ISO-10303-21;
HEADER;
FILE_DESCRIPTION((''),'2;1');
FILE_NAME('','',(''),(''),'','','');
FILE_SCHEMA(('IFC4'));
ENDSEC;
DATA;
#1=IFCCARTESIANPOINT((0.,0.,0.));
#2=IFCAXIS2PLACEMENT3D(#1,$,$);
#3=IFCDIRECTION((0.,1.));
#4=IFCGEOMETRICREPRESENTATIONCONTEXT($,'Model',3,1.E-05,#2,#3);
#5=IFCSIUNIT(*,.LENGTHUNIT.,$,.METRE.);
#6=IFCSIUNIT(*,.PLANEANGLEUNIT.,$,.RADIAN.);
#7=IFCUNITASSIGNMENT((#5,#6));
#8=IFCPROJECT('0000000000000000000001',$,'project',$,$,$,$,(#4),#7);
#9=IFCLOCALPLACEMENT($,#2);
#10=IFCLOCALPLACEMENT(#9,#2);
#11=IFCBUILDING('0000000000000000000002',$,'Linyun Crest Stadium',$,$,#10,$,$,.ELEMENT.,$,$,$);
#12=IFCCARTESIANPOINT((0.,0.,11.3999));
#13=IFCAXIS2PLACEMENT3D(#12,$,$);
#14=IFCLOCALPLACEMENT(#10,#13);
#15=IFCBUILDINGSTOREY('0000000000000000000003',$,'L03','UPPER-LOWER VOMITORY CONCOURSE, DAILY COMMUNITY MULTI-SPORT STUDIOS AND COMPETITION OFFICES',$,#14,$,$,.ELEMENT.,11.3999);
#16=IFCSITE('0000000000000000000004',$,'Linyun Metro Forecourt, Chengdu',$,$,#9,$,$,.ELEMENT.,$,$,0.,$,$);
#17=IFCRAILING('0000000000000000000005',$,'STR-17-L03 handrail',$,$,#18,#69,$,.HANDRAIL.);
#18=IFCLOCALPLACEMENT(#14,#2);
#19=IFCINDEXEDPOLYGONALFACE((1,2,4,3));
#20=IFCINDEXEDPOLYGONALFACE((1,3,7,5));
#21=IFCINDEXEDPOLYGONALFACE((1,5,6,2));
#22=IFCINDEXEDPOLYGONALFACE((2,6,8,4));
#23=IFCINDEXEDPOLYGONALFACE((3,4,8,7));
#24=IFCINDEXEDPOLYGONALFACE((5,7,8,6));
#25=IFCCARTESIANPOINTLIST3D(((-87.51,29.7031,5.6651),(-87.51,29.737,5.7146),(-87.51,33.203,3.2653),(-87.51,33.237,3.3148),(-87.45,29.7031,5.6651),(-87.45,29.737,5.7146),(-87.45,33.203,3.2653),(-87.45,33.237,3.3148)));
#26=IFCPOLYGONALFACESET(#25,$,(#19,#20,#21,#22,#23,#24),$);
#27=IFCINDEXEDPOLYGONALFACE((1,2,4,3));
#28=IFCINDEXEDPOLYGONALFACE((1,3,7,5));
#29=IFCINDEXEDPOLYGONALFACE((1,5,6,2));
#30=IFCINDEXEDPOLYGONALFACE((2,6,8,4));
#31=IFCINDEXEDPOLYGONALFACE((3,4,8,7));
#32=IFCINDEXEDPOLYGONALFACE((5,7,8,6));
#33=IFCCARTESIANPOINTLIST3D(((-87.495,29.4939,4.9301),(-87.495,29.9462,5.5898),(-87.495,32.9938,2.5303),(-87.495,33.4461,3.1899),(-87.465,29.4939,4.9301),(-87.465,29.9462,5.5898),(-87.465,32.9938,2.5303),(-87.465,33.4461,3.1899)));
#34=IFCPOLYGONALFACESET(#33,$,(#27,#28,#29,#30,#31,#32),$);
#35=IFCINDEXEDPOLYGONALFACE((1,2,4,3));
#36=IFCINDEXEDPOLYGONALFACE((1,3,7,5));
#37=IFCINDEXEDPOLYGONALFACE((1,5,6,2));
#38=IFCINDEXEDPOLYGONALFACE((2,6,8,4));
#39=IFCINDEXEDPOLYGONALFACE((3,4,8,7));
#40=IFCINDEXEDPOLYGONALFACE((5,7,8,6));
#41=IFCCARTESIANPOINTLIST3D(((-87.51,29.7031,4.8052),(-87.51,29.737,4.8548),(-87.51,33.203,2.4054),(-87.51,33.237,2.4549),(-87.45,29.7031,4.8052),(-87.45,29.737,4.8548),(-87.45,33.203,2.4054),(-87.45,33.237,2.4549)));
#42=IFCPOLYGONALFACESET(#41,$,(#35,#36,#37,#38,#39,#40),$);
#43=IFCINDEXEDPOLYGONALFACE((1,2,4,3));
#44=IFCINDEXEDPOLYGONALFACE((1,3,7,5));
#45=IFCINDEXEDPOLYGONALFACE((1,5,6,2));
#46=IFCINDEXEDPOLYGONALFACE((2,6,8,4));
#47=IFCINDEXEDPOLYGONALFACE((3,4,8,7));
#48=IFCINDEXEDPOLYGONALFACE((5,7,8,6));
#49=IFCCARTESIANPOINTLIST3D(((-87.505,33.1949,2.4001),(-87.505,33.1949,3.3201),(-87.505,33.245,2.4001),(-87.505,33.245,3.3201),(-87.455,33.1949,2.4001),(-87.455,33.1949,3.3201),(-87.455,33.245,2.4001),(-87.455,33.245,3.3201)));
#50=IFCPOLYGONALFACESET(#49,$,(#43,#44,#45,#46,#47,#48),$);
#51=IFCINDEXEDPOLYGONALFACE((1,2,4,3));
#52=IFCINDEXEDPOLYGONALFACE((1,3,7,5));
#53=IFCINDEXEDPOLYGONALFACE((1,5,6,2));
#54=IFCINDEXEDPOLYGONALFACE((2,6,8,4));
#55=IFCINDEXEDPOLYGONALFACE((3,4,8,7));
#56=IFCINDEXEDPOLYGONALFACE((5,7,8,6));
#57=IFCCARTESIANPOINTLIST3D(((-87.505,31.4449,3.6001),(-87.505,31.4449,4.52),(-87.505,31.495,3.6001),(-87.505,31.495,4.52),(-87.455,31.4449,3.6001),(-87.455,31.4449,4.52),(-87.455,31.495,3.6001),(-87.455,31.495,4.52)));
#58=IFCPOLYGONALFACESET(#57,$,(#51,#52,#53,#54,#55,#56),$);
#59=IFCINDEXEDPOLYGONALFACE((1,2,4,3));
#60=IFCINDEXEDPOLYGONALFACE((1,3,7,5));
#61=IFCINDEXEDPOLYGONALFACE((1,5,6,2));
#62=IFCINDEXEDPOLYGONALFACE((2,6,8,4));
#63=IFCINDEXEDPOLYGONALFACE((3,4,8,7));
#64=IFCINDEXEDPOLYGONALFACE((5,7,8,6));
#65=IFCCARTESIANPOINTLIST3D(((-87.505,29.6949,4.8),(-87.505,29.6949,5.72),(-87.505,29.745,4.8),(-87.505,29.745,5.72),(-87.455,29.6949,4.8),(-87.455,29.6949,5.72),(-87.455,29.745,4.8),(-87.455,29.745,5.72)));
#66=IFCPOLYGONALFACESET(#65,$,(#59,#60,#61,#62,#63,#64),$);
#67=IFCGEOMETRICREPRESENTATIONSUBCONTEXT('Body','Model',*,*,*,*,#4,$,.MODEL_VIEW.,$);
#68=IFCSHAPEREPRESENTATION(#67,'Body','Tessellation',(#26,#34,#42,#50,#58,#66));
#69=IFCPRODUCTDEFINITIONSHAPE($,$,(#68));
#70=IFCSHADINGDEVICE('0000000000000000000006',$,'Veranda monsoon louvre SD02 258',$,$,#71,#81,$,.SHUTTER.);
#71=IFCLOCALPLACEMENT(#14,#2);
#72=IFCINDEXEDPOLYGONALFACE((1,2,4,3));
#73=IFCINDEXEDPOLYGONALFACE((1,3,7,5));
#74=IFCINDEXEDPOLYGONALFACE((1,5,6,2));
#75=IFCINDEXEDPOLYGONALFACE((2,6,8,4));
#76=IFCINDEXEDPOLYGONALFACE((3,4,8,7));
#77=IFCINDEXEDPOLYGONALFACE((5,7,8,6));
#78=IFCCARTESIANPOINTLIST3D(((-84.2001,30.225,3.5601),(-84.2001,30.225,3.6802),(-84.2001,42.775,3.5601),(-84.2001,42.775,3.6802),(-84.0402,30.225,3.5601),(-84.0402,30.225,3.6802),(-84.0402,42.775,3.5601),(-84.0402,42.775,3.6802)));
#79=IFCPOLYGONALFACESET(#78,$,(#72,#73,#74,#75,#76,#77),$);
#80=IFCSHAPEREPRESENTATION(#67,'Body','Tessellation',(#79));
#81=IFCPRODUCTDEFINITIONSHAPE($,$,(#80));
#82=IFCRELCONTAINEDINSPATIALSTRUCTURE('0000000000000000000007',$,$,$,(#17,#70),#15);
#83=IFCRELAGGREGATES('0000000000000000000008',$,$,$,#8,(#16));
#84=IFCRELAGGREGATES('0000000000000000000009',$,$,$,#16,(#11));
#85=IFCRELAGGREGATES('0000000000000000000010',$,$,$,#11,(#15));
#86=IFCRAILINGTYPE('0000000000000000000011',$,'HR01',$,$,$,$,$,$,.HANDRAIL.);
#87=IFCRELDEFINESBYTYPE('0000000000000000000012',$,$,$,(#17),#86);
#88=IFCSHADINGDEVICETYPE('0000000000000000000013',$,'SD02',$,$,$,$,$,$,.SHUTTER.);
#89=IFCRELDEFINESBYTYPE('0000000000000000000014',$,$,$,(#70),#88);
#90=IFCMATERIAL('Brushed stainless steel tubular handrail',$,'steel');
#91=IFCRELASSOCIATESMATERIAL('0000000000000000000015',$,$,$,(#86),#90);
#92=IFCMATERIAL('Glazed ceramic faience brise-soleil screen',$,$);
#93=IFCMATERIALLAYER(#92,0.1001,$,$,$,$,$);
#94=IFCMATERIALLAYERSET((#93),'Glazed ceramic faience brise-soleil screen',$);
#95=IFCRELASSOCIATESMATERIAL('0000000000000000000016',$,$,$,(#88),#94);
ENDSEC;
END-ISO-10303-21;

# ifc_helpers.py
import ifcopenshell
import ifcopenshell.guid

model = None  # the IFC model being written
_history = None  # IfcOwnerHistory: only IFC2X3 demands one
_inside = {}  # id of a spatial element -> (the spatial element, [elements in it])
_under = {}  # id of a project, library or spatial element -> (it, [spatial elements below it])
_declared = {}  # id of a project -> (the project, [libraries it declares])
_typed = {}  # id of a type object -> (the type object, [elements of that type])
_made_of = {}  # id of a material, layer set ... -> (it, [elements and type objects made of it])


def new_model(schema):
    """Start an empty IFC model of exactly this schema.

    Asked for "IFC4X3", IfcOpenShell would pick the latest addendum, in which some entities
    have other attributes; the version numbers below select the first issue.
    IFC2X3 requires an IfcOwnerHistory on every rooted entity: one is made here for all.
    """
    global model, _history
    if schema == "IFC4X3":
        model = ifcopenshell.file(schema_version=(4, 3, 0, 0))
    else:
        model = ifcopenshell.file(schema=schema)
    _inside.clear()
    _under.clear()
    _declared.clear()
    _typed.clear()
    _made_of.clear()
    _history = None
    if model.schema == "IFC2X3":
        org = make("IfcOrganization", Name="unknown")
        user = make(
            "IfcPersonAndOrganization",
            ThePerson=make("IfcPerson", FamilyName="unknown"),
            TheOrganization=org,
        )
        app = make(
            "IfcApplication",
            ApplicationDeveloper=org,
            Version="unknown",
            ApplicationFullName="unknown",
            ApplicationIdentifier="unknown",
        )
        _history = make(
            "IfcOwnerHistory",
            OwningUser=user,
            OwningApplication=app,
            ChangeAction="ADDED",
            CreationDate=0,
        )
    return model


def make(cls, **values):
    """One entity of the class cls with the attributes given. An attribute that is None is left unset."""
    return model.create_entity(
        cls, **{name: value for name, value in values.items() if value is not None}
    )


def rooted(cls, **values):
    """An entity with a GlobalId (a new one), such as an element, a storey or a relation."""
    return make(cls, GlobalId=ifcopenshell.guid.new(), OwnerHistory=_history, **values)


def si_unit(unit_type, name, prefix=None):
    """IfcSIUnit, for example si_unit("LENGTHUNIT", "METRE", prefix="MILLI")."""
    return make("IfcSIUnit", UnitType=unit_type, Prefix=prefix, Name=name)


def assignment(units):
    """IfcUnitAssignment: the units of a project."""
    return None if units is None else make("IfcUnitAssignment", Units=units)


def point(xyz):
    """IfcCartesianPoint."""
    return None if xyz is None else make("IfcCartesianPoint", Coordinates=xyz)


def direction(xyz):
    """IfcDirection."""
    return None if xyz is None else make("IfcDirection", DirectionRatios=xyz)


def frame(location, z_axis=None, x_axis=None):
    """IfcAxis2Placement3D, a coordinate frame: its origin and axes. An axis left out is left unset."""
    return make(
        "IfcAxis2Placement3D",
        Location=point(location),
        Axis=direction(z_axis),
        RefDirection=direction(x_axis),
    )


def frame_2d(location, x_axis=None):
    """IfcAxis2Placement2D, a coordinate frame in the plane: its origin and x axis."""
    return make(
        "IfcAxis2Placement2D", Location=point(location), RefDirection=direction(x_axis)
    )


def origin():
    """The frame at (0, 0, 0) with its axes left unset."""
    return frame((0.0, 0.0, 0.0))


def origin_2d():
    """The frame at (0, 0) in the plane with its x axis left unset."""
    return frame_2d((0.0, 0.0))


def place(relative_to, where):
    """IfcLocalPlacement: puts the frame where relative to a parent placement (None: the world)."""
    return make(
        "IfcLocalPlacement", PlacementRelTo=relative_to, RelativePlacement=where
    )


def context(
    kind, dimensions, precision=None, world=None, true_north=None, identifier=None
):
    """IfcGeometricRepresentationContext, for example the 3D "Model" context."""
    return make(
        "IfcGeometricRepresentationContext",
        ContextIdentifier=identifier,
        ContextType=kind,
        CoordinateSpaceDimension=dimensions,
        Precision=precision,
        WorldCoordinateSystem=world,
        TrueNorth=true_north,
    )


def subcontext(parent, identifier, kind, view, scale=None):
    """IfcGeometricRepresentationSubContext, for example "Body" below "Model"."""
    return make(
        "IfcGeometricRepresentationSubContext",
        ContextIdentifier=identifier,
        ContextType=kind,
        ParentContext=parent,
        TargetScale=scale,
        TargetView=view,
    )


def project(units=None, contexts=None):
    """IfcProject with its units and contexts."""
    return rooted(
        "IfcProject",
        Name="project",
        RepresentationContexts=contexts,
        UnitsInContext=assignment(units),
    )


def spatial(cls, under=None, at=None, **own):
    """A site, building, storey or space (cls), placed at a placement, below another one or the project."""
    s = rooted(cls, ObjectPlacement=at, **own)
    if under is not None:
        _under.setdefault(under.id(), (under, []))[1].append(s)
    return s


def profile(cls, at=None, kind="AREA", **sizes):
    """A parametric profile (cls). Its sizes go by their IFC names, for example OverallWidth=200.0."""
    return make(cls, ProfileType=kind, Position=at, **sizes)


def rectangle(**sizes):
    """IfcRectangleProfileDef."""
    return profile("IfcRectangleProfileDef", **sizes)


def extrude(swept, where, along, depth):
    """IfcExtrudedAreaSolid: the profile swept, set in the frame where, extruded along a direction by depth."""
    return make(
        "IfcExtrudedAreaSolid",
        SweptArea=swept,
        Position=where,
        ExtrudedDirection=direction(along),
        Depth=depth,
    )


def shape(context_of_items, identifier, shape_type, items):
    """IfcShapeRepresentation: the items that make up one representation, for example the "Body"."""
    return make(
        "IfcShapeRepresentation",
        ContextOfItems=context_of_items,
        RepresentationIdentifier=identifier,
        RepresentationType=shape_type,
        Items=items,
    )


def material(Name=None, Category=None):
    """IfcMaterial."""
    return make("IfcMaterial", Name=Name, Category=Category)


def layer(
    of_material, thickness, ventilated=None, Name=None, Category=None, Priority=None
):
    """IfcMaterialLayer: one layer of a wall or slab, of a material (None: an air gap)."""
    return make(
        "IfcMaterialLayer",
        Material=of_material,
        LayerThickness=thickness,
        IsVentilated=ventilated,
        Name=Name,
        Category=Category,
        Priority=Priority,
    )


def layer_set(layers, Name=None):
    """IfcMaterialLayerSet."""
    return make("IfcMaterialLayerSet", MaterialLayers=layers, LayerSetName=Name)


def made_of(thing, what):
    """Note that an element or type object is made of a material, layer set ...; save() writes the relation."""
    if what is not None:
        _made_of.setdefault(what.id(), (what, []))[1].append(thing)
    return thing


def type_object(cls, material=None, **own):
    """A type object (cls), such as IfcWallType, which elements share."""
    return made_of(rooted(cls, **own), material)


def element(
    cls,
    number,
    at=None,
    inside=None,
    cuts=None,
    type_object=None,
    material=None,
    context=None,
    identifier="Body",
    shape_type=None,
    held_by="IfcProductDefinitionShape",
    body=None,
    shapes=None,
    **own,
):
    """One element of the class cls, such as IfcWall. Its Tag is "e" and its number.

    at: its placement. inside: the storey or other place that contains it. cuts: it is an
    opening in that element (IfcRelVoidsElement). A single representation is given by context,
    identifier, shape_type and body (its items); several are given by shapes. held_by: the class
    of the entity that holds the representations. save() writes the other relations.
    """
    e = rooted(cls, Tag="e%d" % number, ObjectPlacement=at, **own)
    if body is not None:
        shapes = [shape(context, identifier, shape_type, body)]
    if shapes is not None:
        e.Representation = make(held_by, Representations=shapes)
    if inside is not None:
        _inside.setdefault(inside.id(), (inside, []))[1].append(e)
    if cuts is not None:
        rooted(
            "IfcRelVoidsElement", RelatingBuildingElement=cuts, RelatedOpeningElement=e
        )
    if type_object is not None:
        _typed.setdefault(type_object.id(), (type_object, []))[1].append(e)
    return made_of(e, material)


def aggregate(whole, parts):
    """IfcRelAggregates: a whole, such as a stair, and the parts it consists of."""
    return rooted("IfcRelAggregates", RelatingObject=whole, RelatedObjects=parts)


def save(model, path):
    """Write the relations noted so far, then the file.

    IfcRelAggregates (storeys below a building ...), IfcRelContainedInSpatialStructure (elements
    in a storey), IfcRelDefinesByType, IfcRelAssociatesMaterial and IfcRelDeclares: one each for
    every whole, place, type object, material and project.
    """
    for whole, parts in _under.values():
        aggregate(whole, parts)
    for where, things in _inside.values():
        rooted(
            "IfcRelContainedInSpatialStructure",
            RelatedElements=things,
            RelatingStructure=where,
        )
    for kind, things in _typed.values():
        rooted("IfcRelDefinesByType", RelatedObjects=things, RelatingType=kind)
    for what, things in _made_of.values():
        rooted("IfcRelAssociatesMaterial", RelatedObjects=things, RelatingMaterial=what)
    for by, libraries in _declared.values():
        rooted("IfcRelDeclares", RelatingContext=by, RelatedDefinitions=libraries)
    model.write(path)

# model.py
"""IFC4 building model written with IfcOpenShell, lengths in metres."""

from ifc_helpers import new_model, si_unit, direction, frame, origin, origin_2d, place, context, subcontext, project, spatial, rectangle, extrude, material, layer, layer_set, type_object, element, save


model = new_model("IFC4")

# Units and contexts
model_context = context("Model", 3, precision=1e-05, world=origin(), true_north=direction((0.0, 1.0)))
body_context = subcontext(model_context, "Body", "Model", "MODEL_VIEW")
ifc_project = project(units=[si_unit("LENGTHUNIT", "METRE"), si_unit("PLANEANGLEUNIT", "RADIAN")], contexts=[model_context])

# Site, building, storey
site_placement = place(None, origin())
site = spatial("IfcSite", under=ifc_project, at=site_placement, Name="Linyun Metro Forecourt, Chengdu", CompositionType="ELEMENT", RefElevation=0.0)
building_placement = place(site_placement, origin())
building = spatial("IfcBuilding", under=site, at=building_placement, Name="Linyun Crest Stadium", CompositionType="ELEMENT")
storey_placement = place(building_placement, frame((0.0, 0.0, 11.3999)))
storey = spatial("IfcBuildingStorey", under=building, at=storey_placement, Name="L03", Description="UPPER-LOWER VOMITORY CONCOURSE, DAILY COMMUNITY MULTI-SPORT STUDIOS AND COMPETITION OFFICES", CompositionType="ELEMENT", Elevation=11.3999)

# Railing
ifc_material_1 = material(Name="Brushed stainless steel tubular handrail", Category="steel")
railing_type_1 = type_object("IfcRailingType", Name="HR01", PredefinedType="HANDRAIL", material=ifc_material_1)
railing_1_placement = place(storey_placement, frame((-87.48, 33.22, 2.4001)))
element("IfcRailing", 1, at=railing_1_placement, inside=storey, type_object=railing_type_1, Name="STR-17-L03 handrail", PredefinedType="HANDRAIL", context=body_context, shape_type="SweptSolid", body=[
    extrude(rectangle(XDim=0.0601, YDim=0.0601, at=origin_2d()), frame((0.0, 0.0, 0.8899), z_axis=(0.0, -0.82474, 0.565513), x_axis=(1.0, 0.0, 0.0)), (0.0, 0.0, 1.0), 4.2437),
    extrude(rectangle(XDim=0.03, YDim=0.7998, at=origin_2d()), frame((0.0, 0.0, 0.46), z_axis=(0.0, -0.82474, 0.565513), x_axis=(1.0, 0.0, 0.0)), (0.0, 0.0, 1.0), 4.2437),
    extrude(rectangle(XDim=0.0601, YDim=0.0601, at=origin_2d()), frame((0.0, 0.0, 0.03), z_axis=(0.0, -0.82474, 0.565513), x_axis=(1.0, 0.0, 0.0)), (0.0, 0.0, 1.0), 4.2437),
    extrude(rectangle(XDim=0.05, YDim=0.05, at=origin_2d()), origin(), (0.0, 0.0, 1.0), 0.9199),
    extrude(rectangle(XDim=0.05, YDim=0.05, at=origin_2d()), frame((0.0, -1.75, 1.2)), (0.0, 0.0, 1.0), 0.9199),
    extrude(rectangle(XDim=0.05, YDim=0.05, at=origin_2d()), frame((0.0, -3.5, 2.3999)), (0.0, 0.0, 1.0), 0.9199),
])

# Shading device
ifc_material_2 = material(Name="Glazed ceramic faience brise-soleil screen")
ifc_layer_1 = layer(ifc_material_2, 0.1001)
ifc_layer_set_1 = layer_set([ifc_layer_1], Name="Glazed ceramic faience brise-soleil screen")
shading_device_type = type_object("IfcShadingDeviceType", Name="SD02", PredefinedType="SHUTTER", material=ifc_layer_set_1)
shading_device_placement = place(storey_placement, frame((-84.1201, 36.5, 3.5601), z_axis=(0.0, 0.0, 1.0), x_axis=(1.0, 0.0, 0.0)))
element("IfcShadingDevice", 2, at=shading_device_placement, inside=storey, type_object=shading_device_type, Name="Veranda monsoon louvre SD02 258", PredefinedType="SHUTTER", context=body_context, shape_type="SweptSolid", body=[
    extrude(rectangle(XDim=0.1599, YDim=12.55, at=origin_2d()), origin(), (0.0, 0.0, 1.0), 0.1201),
])

save(model, "model.ifc")
